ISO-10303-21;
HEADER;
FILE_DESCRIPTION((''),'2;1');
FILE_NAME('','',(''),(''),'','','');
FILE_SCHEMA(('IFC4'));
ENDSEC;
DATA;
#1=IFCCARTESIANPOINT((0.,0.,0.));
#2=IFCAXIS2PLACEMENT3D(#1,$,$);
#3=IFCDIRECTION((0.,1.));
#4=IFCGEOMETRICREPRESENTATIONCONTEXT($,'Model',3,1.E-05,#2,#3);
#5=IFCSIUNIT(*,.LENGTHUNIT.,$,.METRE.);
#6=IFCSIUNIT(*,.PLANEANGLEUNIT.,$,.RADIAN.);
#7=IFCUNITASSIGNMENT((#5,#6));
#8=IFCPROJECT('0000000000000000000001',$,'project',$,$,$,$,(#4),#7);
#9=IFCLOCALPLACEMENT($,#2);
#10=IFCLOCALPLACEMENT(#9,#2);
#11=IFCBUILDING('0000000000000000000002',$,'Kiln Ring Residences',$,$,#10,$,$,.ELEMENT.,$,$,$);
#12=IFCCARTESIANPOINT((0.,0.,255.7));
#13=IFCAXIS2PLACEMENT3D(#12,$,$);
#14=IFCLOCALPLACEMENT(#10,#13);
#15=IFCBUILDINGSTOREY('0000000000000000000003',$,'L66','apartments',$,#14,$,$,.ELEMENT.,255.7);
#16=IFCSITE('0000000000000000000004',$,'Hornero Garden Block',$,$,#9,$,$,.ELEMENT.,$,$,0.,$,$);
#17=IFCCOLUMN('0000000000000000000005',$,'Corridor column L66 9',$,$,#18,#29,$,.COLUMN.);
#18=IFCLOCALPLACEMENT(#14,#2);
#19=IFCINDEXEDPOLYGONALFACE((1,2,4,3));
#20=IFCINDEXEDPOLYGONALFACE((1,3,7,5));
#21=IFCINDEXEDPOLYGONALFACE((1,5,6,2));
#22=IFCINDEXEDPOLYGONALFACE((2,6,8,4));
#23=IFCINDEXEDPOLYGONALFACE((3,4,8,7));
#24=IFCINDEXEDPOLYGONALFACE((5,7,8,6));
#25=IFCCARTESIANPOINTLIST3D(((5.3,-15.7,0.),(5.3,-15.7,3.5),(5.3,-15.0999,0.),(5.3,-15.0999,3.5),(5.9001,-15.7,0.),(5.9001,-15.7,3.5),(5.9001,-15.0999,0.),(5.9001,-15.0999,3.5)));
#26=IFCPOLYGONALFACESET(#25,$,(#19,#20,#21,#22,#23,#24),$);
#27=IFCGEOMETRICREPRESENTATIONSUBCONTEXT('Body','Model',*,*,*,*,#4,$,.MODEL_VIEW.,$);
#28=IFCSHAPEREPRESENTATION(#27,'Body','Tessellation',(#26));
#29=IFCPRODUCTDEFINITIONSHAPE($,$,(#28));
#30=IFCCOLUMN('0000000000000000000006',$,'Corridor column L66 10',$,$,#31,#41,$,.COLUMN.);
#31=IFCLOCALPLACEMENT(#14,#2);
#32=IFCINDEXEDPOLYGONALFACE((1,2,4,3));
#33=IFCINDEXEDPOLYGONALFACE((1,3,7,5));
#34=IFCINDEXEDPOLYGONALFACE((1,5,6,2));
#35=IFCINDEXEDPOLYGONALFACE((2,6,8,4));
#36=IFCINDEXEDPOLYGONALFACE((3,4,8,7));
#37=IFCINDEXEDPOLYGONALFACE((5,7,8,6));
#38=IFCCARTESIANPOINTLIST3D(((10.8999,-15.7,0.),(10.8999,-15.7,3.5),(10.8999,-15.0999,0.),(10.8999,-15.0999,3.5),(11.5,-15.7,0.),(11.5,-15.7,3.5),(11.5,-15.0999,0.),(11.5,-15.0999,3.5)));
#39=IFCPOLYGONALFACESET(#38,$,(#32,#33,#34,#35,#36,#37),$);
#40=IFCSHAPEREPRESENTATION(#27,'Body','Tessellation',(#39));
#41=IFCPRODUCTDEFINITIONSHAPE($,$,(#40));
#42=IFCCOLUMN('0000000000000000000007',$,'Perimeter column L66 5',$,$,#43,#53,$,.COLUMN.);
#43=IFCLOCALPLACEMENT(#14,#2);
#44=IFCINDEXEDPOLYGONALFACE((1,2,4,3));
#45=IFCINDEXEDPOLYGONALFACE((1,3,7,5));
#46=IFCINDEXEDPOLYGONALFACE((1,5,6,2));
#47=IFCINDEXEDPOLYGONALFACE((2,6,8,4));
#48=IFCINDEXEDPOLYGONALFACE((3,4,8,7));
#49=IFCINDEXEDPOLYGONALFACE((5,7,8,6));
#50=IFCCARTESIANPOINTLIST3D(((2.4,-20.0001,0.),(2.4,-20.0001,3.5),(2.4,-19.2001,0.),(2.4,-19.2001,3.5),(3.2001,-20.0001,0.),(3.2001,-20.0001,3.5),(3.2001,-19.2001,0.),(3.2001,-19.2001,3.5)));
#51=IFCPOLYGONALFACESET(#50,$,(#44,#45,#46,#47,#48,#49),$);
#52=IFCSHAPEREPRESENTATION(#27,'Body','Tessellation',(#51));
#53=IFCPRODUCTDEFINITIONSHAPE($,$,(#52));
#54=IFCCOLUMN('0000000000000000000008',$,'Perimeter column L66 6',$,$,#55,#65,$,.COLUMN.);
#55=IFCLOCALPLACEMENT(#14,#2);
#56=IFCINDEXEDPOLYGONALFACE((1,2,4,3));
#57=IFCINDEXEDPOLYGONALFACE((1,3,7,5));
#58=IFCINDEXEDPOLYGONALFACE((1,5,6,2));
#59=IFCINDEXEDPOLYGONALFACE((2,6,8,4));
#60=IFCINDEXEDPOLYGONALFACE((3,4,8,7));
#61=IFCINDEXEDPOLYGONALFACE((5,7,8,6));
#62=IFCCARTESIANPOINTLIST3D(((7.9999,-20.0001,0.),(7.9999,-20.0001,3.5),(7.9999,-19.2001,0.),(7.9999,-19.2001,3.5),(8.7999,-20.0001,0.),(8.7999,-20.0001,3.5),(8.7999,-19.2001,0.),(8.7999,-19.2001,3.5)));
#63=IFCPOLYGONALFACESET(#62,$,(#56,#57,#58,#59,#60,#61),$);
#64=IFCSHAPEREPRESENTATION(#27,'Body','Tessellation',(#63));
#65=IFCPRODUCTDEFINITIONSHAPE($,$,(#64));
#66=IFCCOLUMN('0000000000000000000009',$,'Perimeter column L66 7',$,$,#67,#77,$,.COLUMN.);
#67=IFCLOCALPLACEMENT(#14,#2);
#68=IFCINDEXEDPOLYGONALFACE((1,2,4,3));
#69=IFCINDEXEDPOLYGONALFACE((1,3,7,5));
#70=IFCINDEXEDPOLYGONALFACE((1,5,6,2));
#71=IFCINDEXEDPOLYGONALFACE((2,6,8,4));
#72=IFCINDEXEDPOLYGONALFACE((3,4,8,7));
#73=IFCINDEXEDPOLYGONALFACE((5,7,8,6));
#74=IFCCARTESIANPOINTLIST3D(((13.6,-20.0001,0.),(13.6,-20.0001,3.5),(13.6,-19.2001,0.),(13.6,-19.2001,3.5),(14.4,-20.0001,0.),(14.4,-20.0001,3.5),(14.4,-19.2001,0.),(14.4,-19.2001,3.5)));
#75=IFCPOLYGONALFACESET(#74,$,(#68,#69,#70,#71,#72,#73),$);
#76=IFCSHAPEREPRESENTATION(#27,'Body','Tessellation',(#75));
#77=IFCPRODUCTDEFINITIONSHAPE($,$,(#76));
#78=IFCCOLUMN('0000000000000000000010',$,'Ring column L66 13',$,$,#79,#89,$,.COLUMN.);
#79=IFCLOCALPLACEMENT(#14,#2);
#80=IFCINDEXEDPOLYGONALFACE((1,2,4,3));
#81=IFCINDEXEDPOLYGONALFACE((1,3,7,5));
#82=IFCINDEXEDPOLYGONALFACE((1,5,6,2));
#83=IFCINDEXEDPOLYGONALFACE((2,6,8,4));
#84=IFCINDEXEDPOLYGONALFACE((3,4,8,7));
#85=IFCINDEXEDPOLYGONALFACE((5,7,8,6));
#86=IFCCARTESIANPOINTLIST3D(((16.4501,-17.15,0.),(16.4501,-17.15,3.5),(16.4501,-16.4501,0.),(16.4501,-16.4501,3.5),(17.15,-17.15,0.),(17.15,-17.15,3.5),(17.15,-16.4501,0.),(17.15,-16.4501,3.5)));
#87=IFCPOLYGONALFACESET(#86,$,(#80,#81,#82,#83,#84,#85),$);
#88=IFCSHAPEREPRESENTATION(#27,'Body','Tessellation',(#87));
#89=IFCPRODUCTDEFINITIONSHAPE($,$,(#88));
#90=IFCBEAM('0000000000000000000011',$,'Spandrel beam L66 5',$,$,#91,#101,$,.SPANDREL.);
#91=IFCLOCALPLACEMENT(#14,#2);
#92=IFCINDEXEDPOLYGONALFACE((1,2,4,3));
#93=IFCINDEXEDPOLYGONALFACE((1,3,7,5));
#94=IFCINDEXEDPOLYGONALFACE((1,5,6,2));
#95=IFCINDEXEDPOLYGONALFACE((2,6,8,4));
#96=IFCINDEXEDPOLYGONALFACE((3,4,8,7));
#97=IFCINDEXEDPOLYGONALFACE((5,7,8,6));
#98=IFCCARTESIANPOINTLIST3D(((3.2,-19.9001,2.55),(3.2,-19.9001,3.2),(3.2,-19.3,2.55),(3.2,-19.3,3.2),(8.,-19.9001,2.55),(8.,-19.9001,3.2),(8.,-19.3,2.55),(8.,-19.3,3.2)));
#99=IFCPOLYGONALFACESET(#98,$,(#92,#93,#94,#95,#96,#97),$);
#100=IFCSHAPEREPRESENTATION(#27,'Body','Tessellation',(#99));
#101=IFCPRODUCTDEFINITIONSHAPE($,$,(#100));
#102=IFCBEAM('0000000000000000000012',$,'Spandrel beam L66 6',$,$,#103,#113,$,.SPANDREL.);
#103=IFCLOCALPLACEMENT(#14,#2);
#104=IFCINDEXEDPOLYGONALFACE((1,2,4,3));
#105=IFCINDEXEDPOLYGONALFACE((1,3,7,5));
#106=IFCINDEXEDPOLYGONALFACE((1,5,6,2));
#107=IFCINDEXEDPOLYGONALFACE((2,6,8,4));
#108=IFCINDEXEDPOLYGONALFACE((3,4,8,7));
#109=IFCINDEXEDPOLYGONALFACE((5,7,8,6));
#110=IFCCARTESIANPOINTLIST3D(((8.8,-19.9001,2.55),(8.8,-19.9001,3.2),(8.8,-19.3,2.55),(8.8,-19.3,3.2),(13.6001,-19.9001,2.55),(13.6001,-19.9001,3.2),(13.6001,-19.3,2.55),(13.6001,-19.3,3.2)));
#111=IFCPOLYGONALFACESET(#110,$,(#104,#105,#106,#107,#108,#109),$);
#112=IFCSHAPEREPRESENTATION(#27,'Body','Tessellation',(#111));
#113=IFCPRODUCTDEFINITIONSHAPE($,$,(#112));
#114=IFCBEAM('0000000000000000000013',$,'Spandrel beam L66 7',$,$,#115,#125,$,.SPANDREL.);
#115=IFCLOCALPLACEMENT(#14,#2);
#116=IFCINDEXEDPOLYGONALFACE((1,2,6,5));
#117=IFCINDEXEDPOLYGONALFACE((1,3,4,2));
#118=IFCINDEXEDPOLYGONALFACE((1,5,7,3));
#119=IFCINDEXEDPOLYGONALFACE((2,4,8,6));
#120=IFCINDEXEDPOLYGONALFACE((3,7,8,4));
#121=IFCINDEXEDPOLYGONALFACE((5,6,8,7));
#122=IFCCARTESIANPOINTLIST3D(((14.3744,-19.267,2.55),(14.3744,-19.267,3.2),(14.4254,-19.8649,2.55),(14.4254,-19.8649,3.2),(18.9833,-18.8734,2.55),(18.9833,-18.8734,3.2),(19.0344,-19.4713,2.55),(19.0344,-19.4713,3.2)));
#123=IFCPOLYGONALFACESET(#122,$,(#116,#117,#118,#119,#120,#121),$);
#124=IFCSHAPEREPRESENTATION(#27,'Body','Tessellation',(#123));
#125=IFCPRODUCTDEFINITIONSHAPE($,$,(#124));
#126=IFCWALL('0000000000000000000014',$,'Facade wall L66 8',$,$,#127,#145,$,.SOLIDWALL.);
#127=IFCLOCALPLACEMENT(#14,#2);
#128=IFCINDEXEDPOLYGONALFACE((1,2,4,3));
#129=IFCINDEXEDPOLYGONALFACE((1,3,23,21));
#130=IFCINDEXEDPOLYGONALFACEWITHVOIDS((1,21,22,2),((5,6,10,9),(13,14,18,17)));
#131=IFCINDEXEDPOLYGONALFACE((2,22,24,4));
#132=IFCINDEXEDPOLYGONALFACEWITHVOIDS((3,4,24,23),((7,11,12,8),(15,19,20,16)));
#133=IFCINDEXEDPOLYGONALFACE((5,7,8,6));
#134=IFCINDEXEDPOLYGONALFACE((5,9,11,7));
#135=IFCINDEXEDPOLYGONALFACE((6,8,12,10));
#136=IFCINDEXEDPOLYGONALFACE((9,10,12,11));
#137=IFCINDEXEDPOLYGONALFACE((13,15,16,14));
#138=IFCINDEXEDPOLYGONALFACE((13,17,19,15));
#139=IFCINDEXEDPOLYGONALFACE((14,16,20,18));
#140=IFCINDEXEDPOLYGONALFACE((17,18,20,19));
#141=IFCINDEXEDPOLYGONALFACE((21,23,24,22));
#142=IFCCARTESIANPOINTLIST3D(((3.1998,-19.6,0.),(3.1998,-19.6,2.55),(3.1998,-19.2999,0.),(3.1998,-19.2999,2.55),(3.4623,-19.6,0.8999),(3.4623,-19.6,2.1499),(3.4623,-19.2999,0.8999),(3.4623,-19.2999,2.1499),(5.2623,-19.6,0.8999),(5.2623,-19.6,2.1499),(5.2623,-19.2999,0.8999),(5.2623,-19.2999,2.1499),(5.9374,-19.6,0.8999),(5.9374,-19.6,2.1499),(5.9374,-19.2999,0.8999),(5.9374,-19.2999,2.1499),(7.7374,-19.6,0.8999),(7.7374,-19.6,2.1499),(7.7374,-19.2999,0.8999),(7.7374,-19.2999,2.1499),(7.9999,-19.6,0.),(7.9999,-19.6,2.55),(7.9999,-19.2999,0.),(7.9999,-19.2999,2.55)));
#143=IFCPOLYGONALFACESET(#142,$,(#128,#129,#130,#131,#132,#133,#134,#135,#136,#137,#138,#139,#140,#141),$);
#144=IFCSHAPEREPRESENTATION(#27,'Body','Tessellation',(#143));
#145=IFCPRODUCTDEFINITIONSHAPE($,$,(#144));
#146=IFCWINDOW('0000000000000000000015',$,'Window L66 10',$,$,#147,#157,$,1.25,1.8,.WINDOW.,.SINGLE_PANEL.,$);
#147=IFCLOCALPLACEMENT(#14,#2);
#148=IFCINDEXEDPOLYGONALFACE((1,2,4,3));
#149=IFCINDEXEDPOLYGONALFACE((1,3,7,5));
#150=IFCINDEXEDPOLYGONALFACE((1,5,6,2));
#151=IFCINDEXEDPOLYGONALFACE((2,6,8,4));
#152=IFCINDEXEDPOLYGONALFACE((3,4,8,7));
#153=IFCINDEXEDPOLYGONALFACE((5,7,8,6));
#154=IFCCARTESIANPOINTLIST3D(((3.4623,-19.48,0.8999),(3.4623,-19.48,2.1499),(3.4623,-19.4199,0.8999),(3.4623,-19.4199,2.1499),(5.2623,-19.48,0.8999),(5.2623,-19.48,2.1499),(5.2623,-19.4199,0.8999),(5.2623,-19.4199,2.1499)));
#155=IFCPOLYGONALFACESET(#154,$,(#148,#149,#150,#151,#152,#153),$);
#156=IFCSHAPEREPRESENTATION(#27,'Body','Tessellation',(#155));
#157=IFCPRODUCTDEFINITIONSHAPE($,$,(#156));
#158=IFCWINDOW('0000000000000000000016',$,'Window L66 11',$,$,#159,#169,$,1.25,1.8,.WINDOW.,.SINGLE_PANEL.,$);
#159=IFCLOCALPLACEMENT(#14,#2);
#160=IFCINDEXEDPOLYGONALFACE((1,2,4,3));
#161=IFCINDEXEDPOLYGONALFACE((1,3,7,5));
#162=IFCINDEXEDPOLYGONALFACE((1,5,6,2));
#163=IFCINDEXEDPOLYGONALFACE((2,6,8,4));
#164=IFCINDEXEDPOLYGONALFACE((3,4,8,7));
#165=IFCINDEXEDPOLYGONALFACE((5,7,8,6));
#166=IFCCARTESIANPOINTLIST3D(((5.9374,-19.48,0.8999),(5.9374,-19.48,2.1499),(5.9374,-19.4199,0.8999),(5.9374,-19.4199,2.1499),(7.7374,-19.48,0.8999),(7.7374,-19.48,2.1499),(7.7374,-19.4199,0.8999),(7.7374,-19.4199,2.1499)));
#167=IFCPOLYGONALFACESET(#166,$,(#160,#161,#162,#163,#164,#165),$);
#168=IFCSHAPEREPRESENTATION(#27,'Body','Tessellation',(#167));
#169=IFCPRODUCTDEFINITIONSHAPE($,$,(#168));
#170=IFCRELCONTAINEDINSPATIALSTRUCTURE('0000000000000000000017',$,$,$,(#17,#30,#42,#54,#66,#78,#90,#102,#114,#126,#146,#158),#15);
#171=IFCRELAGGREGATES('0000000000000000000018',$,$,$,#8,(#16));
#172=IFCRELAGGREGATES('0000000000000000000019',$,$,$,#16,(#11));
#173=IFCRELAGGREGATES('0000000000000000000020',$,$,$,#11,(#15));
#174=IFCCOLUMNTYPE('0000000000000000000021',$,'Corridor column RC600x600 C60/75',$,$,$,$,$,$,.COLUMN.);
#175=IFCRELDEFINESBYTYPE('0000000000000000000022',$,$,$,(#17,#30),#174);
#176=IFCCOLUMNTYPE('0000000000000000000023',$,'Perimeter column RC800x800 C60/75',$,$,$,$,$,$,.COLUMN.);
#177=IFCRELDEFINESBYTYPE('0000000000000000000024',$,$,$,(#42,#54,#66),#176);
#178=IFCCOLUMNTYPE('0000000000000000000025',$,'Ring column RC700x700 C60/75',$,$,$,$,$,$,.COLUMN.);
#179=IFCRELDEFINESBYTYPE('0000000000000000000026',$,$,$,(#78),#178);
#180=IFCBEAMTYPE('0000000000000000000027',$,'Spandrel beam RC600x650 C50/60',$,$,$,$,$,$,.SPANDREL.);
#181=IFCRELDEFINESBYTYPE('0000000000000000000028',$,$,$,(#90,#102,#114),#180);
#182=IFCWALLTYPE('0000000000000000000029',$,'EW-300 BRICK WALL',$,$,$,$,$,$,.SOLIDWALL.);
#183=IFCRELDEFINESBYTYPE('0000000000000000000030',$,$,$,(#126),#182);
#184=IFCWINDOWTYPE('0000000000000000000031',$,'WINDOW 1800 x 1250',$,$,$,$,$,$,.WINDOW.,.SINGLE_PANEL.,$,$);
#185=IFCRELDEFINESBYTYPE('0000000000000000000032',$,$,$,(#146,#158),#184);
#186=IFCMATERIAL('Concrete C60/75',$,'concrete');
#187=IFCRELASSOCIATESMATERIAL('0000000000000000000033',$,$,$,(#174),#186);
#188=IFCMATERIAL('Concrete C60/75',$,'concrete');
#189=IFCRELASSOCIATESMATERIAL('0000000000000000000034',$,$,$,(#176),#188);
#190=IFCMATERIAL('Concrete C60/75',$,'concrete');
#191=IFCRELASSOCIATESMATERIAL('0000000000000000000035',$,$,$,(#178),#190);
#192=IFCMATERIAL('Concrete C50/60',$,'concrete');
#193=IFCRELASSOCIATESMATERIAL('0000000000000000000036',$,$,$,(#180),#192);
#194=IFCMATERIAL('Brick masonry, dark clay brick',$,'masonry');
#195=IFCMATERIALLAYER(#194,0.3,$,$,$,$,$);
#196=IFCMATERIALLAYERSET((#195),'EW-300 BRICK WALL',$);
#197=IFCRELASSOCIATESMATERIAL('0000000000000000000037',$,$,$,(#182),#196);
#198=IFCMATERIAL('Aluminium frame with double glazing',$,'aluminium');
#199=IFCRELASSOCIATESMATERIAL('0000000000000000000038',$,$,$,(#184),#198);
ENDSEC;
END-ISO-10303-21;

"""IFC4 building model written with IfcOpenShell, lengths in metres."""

from ifc_helpers import new_model, si_unit, direction, frame, frame_2d, origin, origin_2d, place, context, subcontext, project, spatial, rectangle, extrude, material, layer, layer_set, material_profile, profile_set, type_object, element, fill, save


model = new_model("IFC4")

# Units and contexts
model_context = context("Model", 3, precision=1e-05, world=origin(), true_north=direction((0.0, 1.0)))
body_context = subcontext(model_context, "Body", "Model", "MODEL_VIEW")
ifc_project = project(units=[si_unit("LENGTHUNIT", "METRE"), si_unit("PLANEANGLEUNIT", "RADIAN")], contexts=[model_context])

# Site, building, storey
site_placement = place(None, origin())
site = spatial("IfcSite", under=ifc_project, at=site_placement, Name="Hornero Garden Block", CompositionType="ELEMENT", RefElevation=0.0)
building_placement = place(site_placement, origin())
building = spatial("IfcBuilding", under=site, at=building_placement, Name="Kiln Ring Residences", CompositionType="ELEMENT")
storey_placement = place(building_placement, frame((0.0, 0.0, 255.7)))
storey = spatial("IfcBuildingStorey", under=building, at=storey_placement, Name="L66", Description="apartments", CompositionType="ELEMENT", Elevation=255.7)

# Columns
ifc_material_1 = material(Name="Concrete C60/75", Category="concrete")
ifc_material_profile_1 = material_profile(ifc_material_1, rectangle(XDim=0.6001, YDim=0.6001, at=origin_2d()), Name="RC600x600")
ifc_profile_set_1 = profile_set([ifc_material_profile_1], Name="Concrete C60/75")
column_type_1 = type_object("IfcColumnType", Name="Corridor column RC600x600 C60/75", PredefinedType="COLUMN", material=ifc_profile_set_1)
for number, where, z_axis, x_axis, name in (
    (1, (5.6001, -15.3999, 0.0), (0.0, 0.0, 1.0), (1.0, 0.0, 0.0), "Corridor column L66 9"),
    (2, (11.2, -15.3999, 0.0), (0.0, 0.0, 1.0), (1.0, 0.0, 0.0), "Corridor column L66 10"),
):
    element("IfcColumn", number, at=place(storey_placement, frame(where, z_axis=z_axis, x_axis=x_axis)), inside=storey, type_object=column_type_1, Name=name, PredefinedType="COLUMN", context=body_context, shape_type="SweptSolid", body=[
        extrude(rectangle(XDim=0.6001, YDim=0.6001, at=origin_2d()), origin(), (0.0, 0.0, 1.0), 3.5),
    ])
ifc_material_2 = material(Name="Concrete C60/75", Category="concrete")
ifc_material_profile_2 = material_profile(ifc_material_2, rectangle(XDim=0.8, YDim=0.8, at=origin_2d()), Name="RC800x800")
ifc_profile_set_2 = profile_set([ifc_material_profile_2], Name="Concrete C60/75")
column_type_2 = type_object("IfcColumnType", Name="Perimeter column RC800x800 C60/75", PredefinedType="COLUMN", material=ifc_profile_set_2)
for number, where, z_axis, x_axis, name in (
    (3, (2.8, -19.6001, 0.0), (0.0, 0.0, 1.0), (1.0, 0.0, 0.0), "Perimeter column L66 5"),
    (4, (8.3999, -19.6001, 0.0), (0.0, 0.0, 1.0), (1.0, 0.0, 0.0), "Perimeter column L66 6"),
    (5, (14.0, -19.6001, 0.0), (0.0, 0.0, 1.0), (1.0, 0.0, 0.0), "Perimeter column L66 7"),
):
    element("IfcColumn", number, at=place(storey_placement, frame(where, z_axis=z_axis, x_axis=x_axis)), inside=storey, type_object=column_type_2, Name=name, PredefinedType="COLUMN", context=body_context, shape_type="SweptSolid", body=[
        extrude(rectangle(XDim=0.8, YDim=0.8, at=origin_2d()), origin(), (0.0, 0.0, 1.0), 3.5),
    ])
ifc_material_3 = material(Name="Concrete C60/75", Category="concrete")
ifc_material_profile_3 = material_profile(ifc_material_3, rectangle(XDim=0.7, YDim=0.7, at=origin_2d()), Name="RC700x700")
ifc_profile_set_3 = profile_set([ifc_material_profile_3], Name="Concrete C60/75")
column_type_3 = type_object("IfcColumnType", Name="Ring column RC700x700 C60/75", PredefinedType="COLUMN", material=ifc_profile_set_3)
column_placement = place(storey_placement, frame((16.8, -16.8, 0.0), z_axis=(0.0, 0.0, 1.0), x_axis=(1.0, 0.0, 0.0)))
element("IfcColumn", 6, at=column_placement, inside=storey, type_object=column_type_3, Name="Ring column L66 13", PredefinedType="COLUMN", context=body_context, shape_type="SweptSolid", body=[
    extrude(rectangle(XDim=0.7, YDim=0.7, at=origin_2d()), origin(), (0.0, 0.0, 1.0), 3.5),
])

# Beams
ifc_material_4 = material(Name="Concrete C50/60", Category="concrete")
ifc_material_profile_4 = material_profile(ifc_material_4, rectangle(XDim=0.6001, YDim=0.6499, at=origin_2d()), Name="RC600x650")
ifc_profile_set_4 = profile_set([ifc_material_profile_4], Name="Concrete C50/60")
beam_type = type_object("IfcBeamType", Name="Spandrel beam RC600x650 C50/60", PredefinedType="SPANDREL", material=ifc_profile_set_4)
for number, where, z_axis, x_axis, name in (
    (7, (3.2, -19.6001, 2.875), (1.0, 0.0, 0.0), (0.0, 1.0, 0.0), "Spandrel beam L66 5"),
    (8, (8.8, -19.6001, 2.875), (1.0, 0.0, 0.0), (0.0, 1.0, 0.0), "Spandrel beam L66 6"),
):
    element("IfcBeam", number, at=place(storey_placement, frame(where, z_axis=z_axis, x_axis=x_axis)), inside=storey, type_object=beam_type, Name=name, PredefinedType="SPANDREL", context=body_context, shape_type="SweptSolid", body=[
        extrude(rectangle(XDim=0.6001, YDim=0.6499, at=origin_2d()), origin(), (0.0, 0.0, 1.0), 4.8),
    ])
beam_placement = place(storey_placement, frame((14.3999, -19.5659, 2.875), z_axis=(0.996374, 0.085081, 0.0), x_axis=(-0.085081, 0.996374, 0.0)))
element("IfcBeam", 9, at=beam_placement, inside=storey, type_object=beam_type, Name="Spandrel beam L66 7", PredefinedType="SPANDREL", context=body_context, shape_type="SweptSolid", body=[
    extrude(rectangle(XDim=0.6001, YDim=0.6499, at=origin_2d()), origin(), (0.0, 0.0, 1.0), 4.6257),
])

# Wall, openings, windows
ifc_material_5 = material(Name="Brick masonry, dark clay brick", Category="masonry")
ifc_layer_1 = layer(ifc_material_5, 0.3)
ifc_layer_set_1 = layer_set([ifc_layer_1], Name="EW-300 BRICK WALL")
wall_type_1 = type_object("IfcWallType", Name="EW-300 BRICK WALL", PredefinedType="SOLIDWALL", material=ifc_layer_set_1)
wall_1_placement = place(storey_placement, frame((3.2, -19.45, 0.0), z_axis=(0.0, 0.0, 1.0), x_axis=(1.0, 0.0, 0.0)))
wall_1 = element("IfcWall", 10, at=wall_1_placement, inside=storey, type_object=wall_type_1, Name="Facade wall L66 8", PredefinedType="SOLIDWALL", context=body_context, shape_type="SweptSolid", body=[
    extrude(rectangle(XDim=4.8, YDim=0.3, at=frame_2d((2.3999, 0.0))), origin(), (0.0, 0.0, 1.0), 2.55),
])
opening_1_placement = place(wall_1_placement, frame((0.2625, 0.0, 0.8999)))
opening_1 = element("IfcOpeningElement", 11, at=opening_1_placement, cuts=wall_1, PredefinedType="OPENING", context=body_context, shape_type="SweptSolid", body=[
    extrude(rectangle(XDim=1.8, YDim=1.25, at=frame_2d((0.8999, 0.625))), frame((0.0, 0.1599, 0.0), z_axis=(0.0, -1.0, 0.0), x_axis=(1.0, 0.0, 0.0)), (0.0, 0.0, 1.0), 0.3201),
])
opening_2_placement = place(wall_1_placement, frame((2.7375, 0.0, 0.8999)))
opening_2 = element("IfcOpeningElement", 12, at=opening_2_placement, cuts=wall_1, PredefinedType="OPENING", context=body_context, shape_type="SweptSolid", body=[
    extrude(rectangle(XDim=1.8, YDim=1.25, at=frame_2d((0.8999, 0.625))), frame((0.0, 0.1599, 0.0), z_axis=(0.0, -1.0, 0.0), x_axis=(1.0, 0.0, 0.0)), (0.0, 0.0, 1.0), 0.3201),
])
ifc_material_6 = material(Name="Aluminium frame with double glazing", Category="aluminium")
window_type_1 = type_object("IfcWindowType", Name="WINDOW 1800 x 1250", PartitioningType="SINGLE_PANEL", PredefinedType="WINDOW", material=ifc_material_6)
window_1_placement = place(opening_1_placement, origin())
window_1 = element("IfcWindow", 13, at=window_1_placement, inside=storey, type_object=window_type_1, Name="Window L66 10", OverallHeight=1.25, OverallWidth=1.8, PartitioningType="SINGLE_PANEL", PredefinedType="WINDOW", context=body_context, shape_type="SweptSolid", body=[
    extrude(rectangle(XDim=1.8, YDim=1.25, at=frame_2d((0.8999, 0.625))), frame((0.0, 0.03, 0.0), z_axis=(0.0, -1.0, 0.0), x_axis=(1.0, 0.0, 0.0)), (0.0, 0.0, 1.0), 0.0601),
])
fill(opening_1, window_1)
window_2_placement = place(opening_2_placement, origin())
window_2 = element("IfcWindow", 14, at=window_2_placement, inside=storey, type_object=window_type_1, Name="Window L66 11", OverallHeight=1.25, OverallWidth=1.8, PartitioningType="SINGLE_PANEL", PredefinedType="WINDOW", context=body_context, shape_type="SweptSolid", body=[
    extrude(rectangle(XDim=1.8, YDim=1.25, at=frame_2d((0.8999, 0.625))), frame((0.0, 0.03, 0.0), z_axis=(0.0, -1.0, 0.0), x_axis=(1.0, 0.0, 0.0)), (0.0, 0.0, 1.0), 0.0601),
])
fill(opening_2, window_2)

save(model, "model.ifc")
